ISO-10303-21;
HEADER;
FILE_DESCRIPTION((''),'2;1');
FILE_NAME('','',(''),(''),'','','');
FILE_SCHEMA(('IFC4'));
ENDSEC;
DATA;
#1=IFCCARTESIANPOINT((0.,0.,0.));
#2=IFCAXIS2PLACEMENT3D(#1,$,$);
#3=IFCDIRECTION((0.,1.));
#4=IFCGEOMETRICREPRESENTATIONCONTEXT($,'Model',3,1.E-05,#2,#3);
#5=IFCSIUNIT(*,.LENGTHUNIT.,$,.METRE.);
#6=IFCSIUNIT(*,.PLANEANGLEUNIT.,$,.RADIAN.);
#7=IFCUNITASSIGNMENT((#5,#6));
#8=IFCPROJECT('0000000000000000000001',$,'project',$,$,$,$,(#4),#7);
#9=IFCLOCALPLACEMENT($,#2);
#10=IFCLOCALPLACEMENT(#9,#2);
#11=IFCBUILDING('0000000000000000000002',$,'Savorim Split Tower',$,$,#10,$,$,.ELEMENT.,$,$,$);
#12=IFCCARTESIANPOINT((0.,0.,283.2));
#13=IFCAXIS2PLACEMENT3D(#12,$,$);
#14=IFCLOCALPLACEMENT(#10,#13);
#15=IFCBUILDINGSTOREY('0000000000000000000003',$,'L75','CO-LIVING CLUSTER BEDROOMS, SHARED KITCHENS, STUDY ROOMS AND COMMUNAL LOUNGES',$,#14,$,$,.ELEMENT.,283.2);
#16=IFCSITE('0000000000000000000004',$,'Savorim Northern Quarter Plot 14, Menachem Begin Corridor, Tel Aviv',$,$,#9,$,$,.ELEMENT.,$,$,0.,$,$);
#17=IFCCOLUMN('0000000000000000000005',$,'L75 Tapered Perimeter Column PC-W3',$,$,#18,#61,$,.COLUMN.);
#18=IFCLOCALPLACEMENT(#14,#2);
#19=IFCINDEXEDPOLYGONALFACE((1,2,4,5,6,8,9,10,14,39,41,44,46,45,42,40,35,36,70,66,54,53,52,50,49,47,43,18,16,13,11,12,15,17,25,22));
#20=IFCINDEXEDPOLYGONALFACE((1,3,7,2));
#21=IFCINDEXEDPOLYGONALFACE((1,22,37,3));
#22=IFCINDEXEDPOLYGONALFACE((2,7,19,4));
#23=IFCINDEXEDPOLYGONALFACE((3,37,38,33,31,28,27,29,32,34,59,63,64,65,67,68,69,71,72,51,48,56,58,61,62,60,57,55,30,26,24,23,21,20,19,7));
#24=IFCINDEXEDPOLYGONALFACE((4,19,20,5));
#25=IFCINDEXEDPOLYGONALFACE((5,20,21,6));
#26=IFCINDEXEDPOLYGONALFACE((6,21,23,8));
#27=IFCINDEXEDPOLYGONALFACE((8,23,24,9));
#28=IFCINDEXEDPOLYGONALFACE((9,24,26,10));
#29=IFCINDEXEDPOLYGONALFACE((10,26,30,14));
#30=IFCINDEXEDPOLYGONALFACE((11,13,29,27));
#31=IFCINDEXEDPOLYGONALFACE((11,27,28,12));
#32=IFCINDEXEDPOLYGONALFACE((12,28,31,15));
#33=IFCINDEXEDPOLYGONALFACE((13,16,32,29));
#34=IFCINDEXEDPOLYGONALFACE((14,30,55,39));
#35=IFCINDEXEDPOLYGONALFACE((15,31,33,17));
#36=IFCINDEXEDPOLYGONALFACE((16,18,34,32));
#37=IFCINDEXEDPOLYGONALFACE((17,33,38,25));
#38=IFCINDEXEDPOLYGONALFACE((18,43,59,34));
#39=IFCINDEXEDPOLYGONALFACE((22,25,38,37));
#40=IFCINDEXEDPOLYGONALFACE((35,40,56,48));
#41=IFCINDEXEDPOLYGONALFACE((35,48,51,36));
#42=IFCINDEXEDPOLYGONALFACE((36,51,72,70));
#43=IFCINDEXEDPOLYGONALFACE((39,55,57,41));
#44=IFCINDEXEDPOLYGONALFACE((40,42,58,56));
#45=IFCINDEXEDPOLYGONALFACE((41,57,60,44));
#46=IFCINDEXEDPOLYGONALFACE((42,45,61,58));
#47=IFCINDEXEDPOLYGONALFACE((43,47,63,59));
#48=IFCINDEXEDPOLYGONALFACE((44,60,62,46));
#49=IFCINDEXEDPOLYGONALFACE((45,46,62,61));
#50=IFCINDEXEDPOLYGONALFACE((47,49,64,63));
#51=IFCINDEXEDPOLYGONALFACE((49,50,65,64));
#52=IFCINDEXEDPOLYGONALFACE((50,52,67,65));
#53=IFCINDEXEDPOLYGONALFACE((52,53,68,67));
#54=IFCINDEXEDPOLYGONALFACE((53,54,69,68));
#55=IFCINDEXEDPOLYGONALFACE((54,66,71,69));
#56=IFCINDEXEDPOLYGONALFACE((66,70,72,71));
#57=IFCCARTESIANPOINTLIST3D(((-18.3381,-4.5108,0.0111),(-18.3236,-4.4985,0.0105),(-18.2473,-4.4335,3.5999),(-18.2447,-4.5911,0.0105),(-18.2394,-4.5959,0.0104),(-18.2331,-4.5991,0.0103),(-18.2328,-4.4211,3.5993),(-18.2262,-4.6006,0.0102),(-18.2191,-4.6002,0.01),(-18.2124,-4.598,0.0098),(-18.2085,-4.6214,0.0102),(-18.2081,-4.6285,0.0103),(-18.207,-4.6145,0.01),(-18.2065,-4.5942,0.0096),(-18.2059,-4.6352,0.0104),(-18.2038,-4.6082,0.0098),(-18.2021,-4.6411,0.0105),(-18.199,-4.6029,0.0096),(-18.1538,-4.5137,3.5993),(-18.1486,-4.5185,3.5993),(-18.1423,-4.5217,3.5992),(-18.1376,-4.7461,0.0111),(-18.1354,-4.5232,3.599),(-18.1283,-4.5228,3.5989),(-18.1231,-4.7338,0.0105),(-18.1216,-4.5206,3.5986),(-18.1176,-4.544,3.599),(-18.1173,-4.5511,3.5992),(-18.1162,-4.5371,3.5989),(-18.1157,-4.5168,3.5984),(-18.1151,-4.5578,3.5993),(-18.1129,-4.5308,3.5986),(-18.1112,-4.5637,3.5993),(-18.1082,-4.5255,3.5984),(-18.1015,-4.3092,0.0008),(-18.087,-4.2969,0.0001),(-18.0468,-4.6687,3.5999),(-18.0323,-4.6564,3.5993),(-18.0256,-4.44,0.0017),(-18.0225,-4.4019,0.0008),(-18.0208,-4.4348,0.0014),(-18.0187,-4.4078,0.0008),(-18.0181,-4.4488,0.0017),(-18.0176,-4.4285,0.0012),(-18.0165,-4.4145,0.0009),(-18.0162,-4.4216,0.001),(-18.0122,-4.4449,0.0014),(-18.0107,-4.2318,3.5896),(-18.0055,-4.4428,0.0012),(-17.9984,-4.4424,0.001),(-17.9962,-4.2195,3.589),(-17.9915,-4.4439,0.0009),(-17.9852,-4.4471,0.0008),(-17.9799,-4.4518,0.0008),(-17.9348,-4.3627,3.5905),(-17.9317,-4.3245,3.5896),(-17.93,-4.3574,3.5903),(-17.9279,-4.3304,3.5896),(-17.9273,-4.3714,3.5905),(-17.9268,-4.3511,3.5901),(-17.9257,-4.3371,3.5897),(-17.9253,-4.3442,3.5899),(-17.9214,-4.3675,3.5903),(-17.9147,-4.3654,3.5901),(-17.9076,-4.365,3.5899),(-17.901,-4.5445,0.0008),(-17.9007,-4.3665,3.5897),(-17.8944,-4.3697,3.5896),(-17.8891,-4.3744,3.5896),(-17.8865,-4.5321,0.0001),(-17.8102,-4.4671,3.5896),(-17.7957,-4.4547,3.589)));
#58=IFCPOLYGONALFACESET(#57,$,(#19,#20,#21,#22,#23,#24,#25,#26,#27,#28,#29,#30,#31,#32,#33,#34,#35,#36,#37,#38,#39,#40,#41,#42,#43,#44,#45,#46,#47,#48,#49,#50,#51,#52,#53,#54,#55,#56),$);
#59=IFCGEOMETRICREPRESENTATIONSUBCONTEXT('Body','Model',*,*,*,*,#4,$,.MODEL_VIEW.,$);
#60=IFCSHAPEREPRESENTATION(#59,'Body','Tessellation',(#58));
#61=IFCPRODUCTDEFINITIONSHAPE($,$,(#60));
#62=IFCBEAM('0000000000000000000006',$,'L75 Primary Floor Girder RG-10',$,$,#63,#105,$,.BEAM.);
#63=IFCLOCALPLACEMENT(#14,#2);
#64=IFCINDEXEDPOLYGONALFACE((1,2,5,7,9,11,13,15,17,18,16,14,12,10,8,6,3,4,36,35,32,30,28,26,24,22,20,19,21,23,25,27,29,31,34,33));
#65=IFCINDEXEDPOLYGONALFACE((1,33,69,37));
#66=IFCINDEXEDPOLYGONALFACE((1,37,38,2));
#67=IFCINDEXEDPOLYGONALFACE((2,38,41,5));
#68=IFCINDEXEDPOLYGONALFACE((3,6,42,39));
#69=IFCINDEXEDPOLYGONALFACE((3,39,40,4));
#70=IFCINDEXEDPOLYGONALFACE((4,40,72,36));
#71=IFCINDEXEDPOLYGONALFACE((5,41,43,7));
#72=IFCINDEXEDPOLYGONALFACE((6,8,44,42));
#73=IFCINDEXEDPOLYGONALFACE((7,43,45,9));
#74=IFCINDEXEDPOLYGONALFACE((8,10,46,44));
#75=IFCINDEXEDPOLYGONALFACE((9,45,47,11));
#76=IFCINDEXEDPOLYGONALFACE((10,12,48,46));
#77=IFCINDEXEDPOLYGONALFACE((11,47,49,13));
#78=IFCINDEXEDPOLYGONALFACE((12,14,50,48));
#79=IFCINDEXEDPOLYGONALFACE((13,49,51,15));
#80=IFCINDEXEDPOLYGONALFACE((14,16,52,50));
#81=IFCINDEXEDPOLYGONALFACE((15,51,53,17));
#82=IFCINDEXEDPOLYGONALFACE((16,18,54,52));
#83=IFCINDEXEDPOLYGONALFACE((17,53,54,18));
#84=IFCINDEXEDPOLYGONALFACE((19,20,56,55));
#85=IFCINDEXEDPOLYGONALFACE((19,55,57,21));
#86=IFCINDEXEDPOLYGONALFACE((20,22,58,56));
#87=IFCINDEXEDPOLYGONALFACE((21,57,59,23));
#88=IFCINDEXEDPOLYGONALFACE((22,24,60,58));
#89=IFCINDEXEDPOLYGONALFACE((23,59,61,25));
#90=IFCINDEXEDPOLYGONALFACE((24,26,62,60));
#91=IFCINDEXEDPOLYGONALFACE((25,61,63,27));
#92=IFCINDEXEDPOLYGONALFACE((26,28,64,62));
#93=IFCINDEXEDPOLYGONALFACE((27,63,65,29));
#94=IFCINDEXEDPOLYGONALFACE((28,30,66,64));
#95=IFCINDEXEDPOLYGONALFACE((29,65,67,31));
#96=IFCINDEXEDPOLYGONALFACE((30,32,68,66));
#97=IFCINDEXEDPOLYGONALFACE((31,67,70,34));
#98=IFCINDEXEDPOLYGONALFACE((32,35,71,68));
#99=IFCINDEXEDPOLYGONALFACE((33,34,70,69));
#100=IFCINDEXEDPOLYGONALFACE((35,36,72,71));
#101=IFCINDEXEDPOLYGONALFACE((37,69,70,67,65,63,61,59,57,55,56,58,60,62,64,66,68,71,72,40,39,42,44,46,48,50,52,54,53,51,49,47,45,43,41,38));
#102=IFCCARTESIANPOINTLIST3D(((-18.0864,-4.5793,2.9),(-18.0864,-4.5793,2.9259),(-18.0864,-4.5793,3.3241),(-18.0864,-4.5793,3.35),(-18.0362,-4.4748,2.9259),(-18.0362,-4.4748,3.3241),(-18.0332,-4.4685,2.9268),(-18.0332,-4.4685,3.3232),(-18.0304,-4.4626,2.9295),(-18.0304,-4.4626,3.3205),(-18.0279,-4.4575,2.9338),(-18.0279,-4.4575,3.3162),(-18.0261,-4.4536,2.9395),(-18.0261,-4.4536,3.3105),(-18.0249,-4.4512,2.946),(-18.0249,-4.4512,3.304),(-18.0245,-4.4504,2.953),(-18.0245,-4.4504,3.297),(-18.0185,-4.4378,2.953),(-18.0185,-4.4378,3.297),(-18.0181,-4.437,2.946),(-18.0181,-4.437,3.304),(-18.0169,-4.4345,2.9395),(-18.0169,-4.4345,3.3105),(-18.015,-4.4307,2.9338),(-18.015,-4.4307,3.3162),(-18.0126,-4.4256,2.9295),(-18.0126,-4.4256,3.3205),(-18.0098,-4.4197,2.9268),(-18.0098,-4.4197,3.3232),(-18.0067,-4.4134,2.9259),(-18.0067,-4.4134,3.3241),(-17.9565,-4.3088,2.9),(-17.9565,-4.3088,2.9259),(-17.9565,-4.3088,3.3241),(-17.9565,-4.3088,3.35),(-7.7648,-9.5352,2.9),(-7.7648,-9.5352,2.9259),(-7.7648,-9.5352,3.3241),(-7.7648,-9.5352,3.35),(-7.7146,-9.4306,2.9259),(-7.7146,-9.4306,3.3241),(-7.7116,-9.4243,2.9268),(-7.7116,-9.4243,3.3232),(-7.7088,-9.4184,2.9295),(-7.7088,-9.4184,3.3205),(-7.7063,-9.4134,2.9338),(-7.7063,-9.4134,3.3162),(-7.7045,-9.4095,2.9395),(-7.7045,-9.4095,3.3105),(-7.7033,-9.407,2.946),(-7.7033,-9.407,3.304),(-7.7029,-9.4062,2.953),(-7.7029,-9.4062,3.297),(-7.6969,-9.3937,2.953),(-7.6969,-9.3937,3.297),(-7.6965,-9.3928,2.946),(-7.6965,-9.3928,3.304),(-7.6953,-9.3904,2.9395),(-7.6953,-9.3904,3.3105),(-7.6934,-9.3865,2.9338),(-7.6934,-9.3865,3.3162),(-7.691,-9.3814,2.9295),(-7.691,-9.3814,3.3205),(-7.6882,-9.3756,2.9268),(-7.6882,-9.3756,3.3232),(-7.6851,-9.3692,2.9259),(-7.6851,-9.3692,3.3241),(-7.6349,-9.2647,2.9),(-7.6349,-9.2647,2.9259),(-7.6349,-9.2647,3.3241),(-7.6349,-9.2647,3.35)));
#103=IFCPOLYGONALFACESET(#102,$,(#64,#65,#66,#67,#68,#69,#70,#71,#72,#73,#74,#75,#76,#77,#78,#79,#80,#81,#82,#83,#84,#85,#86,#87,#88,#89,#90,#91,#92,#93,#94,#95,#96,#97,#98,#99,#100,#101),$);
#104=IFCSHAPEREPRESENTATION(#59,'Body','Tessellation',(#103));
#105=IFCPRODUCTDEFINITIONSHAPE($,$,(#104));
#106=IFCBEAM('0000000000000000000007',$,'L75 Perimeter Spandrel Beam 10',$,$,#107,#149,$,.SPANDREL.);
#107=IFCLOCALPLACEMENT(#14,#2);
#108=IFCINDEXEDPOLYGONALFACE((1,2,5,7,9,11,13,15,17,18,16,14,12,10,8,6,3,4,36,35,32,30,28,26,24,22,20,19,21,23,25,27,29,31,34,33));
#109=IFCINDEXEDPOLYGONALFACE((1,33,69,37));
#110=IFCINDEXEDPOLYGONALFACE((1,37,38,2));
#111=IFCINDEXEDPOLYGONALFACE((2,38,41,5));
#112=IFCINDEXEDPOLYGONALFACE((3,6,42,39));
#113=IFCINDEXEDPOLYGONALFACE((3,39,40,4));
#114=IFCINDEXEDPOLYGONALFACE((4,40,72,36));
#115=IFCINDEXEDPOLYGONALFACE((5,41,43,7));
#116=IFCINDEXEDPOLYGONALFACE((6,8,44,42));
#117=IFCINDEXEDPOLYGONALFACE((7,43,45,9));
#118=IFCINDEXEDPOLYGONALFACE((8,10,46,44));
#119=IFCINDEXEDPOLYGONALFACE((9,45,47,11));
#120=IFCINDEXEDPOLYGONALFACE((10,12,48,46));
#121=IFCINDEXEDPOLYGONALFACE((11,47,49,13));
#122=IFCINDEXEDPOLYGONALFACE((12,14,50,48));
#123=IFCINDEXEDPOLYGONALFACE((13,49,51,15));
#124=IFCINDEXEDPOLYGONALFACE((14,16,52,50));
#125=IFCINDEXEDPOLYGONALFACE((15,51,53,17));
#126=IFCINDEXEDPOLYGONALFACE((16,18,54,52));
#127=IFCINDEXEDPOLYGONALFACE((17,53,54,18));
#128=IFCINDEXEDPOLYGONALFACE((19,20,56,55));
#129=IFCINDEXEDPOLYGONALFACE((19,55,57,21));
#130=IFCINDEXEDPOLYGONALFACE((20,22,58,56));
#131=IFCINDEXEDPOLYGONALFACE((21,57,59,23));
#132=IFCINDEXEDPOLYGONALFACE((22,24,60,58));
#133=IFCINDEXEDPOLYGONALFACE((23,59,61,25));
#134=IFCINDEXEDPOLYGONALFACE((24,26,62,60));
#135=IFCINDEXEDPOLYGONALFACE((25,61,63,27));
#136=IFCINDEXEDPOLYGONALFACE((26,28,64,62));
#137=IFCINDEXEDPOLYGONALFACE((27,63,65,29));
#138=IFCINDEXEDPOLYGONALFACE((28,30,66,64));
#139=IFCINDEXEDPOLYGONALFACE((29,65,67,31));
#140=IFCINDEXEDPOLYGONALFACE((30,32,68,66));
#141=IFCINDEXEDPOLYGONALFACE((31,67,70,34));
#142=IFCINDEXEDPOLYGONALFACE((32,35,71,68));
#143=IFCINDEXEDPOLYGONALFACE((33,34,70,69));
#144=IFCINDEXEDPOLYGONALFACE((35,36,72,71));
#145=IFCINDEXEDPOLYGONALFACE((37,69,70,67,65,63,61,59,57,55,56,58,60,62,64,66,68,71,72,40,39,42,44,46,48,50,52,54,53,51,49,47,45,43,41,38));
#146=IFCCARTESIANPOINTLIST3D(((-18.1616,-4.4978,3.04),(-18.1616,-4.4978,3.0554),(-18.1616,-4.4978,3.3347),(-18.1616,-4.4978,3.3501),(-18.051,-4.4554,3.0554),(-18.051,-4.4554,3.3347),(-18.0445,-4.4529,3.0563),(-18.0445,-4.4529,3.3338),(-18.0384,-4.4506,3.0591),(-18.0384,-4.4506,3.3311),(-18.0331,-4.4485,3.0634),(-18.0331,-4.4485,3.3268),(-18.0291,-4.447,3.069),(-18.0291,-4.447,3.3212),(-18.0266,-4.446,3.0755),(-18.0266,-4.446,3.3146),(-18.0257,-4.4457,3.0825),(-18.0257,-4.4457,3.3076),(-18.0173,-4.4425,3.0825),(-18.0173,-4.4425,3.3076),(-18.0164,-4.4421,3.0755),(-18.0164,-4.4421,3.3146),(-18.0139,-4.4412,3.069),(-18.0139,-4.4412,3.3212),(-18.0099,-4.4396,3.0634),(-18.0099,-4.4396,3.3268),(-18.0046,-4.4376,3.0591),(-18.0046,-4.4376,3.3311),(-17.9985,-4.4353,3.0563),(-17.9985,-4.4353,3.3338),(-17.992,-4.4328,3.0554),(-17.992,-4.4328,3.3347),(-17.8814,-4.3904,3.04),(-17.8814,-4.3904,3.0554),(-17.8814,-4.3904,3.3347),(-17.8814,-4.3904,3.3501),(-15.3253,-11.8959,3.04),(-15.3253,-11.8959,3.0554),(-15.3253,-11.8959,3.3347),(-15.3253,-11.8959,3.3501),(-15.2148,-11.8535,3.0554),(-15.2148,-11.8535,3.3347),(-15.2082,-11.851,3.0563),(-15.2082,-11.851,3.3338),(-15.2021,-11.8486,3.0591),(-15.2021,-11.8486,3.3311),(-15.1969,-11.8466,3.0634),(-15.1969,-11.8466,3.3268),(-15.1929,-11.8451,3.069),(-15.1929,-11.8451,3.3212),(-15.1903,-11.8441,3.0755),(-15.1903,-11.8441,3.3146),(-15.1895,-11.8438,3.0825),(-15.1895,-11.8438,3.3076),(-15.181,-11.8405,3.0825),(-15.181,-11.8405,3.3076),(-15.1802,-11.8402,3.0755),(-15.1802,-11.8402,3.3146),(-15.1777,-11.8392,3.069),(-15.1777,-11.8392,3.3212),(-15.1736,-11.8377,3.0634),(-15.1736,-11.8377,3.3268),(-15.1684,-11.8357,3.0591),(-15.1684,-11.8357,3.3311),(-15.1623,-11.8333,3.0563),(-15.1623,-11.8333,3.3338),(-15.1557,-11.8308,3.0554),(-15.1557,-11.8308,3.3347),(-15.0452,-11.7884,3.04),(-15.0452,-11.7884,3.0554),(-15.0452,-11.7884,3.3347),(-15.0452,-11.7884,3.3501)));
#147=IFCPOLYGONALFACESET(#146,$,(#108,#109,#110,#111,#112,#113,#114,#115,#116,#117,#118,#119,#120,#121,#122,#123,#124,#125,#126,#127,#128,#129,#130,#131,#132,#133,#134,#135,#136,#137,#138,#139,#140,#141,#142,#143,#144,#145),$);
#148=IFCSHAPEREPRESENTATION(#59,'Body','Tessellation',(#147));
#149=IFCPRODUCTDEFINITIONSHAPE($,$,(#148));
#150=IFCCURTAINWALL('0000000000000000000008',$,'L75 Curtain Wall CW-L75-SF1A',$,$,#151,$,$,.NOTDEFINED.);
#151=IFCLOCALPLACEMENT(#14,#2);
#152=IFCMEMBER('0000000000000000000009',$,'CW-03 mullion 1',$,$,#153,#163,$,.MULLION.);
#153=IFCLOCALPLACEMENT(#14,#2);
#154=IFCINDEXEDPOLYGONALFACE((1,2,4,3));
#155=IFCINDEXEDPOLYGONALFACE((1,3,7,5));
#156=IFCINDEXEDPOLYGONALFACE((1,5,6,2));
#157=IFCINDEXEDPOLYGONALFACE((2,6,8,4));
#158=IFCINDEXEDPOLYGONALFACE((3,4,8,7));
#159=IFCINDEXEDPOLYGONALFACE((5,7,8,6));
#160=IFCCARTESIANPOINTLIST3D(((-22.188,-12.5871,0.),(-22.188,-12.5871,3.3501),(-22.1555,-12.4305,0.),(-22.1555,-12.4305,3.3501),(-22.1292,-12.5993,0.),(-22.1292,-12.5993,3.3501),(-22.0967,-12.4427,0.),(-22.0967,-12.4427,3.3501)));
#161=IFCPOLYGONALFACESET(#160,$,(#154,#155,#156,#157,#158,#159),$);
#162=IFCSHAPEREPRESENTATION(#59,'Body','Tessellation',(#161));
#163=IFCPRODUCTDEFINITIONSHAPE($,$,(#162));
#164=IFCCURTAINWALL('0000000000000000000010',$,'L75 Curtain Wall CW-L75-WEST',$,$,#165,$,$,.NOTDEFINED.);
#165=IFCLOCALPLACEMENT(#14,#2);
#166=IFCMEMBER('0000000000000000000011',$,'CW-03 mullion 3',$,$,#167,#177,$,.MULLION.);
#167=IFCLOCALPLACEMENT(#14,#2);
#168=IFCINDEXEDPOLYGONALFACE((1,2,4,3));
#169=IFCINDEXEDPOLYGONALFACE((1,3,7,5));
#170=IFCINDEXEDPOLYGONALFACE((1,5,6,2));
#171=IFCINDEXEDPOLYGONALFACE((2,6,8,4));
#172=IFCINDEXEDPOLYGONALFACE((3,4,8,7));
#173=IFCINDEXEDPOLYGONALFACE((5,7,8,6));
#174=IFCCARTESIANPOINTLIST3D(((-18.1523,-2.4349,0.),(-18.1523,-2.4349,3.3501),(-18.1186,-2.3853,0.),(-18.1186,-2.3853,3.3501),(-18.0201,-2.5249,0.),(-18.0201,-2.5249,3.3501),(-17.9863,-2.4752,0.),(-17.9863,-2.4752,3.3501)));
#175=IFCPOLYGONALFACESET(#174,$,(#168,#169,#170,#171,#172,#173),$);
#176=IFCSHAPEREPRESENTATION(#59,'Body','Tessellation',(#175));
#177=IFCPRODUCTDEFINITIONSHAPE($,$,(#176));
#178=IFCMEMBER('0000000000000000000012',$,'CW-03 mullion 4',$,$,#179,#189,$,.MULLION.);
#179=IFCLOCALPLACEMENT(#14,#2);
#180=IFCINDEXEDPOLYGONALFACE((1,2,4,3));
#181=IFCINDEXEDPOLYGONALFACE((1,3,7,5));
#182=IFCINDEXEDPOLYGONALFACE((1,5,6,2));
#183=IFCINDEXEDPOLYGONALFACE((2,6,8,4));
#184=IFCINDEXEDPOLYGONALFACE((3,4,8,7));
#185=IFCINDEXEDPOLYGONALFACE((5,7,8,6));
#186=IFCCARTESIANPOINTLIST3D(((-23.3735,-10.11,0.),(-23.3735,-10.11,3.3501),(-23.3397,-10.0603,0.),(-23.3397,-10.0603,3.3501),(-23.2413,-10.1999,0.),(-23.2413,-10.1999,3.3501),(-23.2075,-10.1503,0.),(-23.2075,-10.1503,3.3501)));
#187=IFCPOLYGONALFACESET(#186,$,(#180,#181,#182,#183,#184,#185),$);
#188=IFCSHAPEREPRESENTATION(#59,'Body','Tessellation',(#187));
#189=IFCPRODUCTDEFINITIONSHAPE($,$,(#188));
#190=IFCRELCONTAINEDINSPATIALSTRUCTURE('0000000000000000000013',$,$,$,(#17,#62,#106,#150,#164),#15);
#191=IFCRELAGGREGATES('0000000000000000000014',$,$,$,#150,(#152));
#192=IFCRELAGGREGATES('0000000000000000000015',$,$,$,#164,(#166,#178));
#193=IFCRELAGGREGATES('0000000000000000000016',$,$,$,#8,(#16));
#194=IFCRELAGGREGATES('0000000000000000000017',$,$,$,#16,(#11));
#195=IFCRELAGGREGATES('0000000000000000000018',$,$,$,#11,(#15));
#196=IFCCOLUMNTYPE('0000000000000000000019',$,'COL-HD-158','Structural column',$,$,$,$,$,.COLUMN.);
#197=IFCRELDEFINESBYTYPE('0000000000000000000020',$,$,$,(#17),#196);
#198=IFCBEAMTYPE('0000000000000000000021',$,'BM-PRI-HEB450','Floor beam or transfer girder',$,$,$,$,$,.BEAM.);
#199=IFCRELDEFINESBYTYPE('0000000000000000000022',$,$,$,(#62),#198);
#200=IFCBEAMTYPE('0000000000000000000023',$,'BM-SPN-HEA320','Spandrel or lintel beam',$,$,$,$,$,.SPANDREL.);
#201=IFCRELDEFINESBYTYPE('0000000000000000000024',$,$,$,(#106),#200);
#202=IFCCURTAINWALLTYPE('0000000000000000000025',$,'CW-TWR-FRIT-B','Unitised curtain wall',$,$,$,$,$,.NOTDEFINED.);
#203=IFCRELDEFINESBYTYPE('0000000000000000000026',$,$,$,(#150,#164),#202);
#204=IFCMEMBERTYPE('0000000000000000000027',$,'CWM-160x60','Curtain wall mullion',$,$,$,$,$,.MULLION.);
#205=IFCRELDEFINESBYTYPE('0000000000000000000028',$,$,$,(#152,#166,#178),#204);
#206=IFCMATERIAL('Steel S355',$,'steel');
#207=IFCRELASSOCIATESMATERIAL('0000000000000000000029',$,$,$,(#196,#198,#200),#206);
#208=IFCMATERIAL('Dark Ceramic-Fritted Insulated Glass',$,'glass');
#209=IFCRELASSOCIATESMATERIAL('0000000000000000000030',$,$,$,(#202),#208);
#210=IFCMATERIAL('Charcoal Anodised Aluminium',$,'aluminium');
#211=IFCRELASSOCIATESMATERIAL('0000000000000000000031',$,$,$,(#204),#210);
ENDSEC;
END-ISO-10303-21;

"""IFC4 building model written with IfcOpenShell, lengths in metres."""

from ifc_helpers import new_model, si_unit, direction, frame, origin, origin_2d, place, context, subcontext, project, spatial, rectangle, i_section, extrude, material, material_profile, profile_set, type_object, element, aggregate, save


model = new_model("IFC4")

# Units and contexts
model_context = context("Model", 3, precision=1e-05, world=origin(), true_north=direction((0.0, 1.0)))
body_context = subcontext(model_context, "Body", "Model", "MODEL_VIEW")
ifc_project = project(units=[si_unit("LENGTHUNIT", "METRE"), si_unit("PLANEANGLEUNIT", "RADIAN")], contexts=[model_context])

# Site, building, storey
site_placement = place(None, origin())
site = spatial("IfcSite", under=ifc_project, at=site_placement, Name="Savorim Northern Quarter Plot 14, Menachem Begin Corridor, Tel Aviv", CompositionType="ELEMENT", RefElevation=0.0)
building_placement = place(site_placement, origin())
building = spatial("IfcBuilding", under=site, at=building_placement, Name="Savorim Split Tower", CompositionType="ELEMENT")
storey_placement = place(building_placement, frame((0.0, 0.0, 283.2)))
storey = spatial("IfcBuildingStorey", under=building, at=storey_placement, Name="L75", Description="CO-LIVING CLUSTER BEDROOMS, SHARED KITCHENS, STUDY ROOMS AND COMMUNAL LOUNGES", CompositionType="ELEMENT", Elevation=283.2)

# Column
ifc_material_1 = material(Name="Steel S355", Category="steel")
ifc_material_profile_1 = material_profile(ifc_material_1, i_section(OverallWidth=0.3091, OverallDepth=0.3301, WebThickness=0.0115, FlangeThickness=0.019, FilletRadius=0.0271, at=origin_2d()), Name="HD 320x158")
ifc_profile_set_1 = profile_set([ifc_material_profile_1], Name="Steel S355")
column_type = type_object("IfcColumnType", Name="COL-HD-158", Description="Structural column", PredefinedType="COLUMN", material=ifc_profile_set_1)
column_placement = place(storey_placement, frame((-18.1123, -4.5215, 0.0056), z_axis=(0.025292, 0.021553, 0.999448), x_axis=(-0.648598, 0.761131, 0.0)))
element("IfcColumn", 1, at=column_placement, inside=storey, type_object=column_type, Name="L75 Tapered Perimeter Column PC-W3", PredefinedType="COLUMN", context=body_context, shape_type="SweptSolid", body=[
    extrude(i_section(OverallWidth=0.3091, OverallDepth=0.3301, WebThickness=0.0115, FlangeThickness=0.019, FilletRadius=0.0271, at=origin_2d()), origin(), (0.0, 0.0, 1.0), 3.5908),
])

# Beams
ifc_material_profile_2 = material_profile(ifc_material_1, i_section(OverallWidth=0.3, OverallDepth=0.45, WebThickness=0.0139, FlangeThickness=0.0259, FilletRadius=0.0271, at=origin_2d()), Name="HEB 450")
ifc_profile_set_2 = profile_set([ifc_material_profile_2], Name="Steel S355")
beam_type_1 = type_object("IfcBeamType", Name="BM-PRI-HEB450", Description="Floor beam or transfer girder", PredefinedType="BEAM", material=ifc_profile_set_2)
beam_1_placement = place(storey_placement, frame((-18.0215, -4.4441, 3.125), z_axis=(0.901473, -0.432836, 0.0), x_axis=(0.432836, 0.901473, 0.0)))
element("IfcBeam", 2, at=beam_1_placement, inside=storey, type_object=beam_type_1, Name="L75 Primary Floor Girder RG-10", PredefinedType="BEAM", context=body_context, shape_type="SweptSolid", body=[
    extrude(i_section(OverallWidth=0.3, OverallDepth=0.45, WebThickness=0.0139, FlangeThickness=0.0259, FilletRadius=0.0271, at=origin_2d()), origin(), (0.0, 0.0, 1.0), 11.4497),
])
ifc_material_profile_3 = material_profile(ifc_material_1, i_section(OverallWidth=0.3, OverallDepth=0.3101, WebThickness=0.009, FlangeThickness=0.0154, FilletRadius=0.0271, at=origin_2d()), Name="HEA 320")
ifc_profile_set_3 = profile_set([ifc_material_profile_3], Name="Steel S355")
beam_type_2 = type_object("IfcBeamType", Name="BM-SPN-HEA320", Description="Spandrel or lintel beam", PredefinedType="SPANDREL", material=ifc_profile_set_3)
beam_2_placement = place(storey_placement, frame((-18.0215, -4.4441, 3.1951), z_axis=(0.357969, -0.933733, 0.0), x_axis=(0.933733, 0.357969, 0.0)))
element("IfcBeam", 3, at=beam_2_placement, inside=storey, type_object=beam_type_2, Name="L75 Perimeter Spandrel Beam 10", PredefinedType="SPANDREL", context=body_context, shape_type="SweptSolid", body=[
    extrude(i_section(OverallWidth=0.3, OverallDepth=0.3101, WebThickness=0.009, FlangeThickness=0.0154, FilletRadius=0.0271, at=origin_2d()), origin(), (0.0, 0.0, 1.0), 7.9231),
])

# Curtain wall, member
ifc_material_2 = material(Name="Dark Ceramic-Fritted Insulated Glass", Category="glass")
curtain_wall_type = type_object("IfcCurtainWallType", Name="CW-TWR-FRIT-B", Description="Unitised curtain wall", PredefinedType="NOTDEFINED", material=ifc_material_2)
curtain_wall_1_placement = place(storey_placement, origin())
curtain_wall_1 = element("IfcCurtainWall", 4, at=curtain_wall_1_placement, inside=storey, type_object=curtain_wall_type, Name="L75 Curtain Wall CW-L75-SF1A", PredefinedType="NOTDEFINED")
ifc_material_3 = material(Name="Charcoal Anodised Aluminium", Category="aluminium")
ifc_material_profile_4 = material_profile(ifc_material_3, rectangle(XDim=0.1599, YDim=0.0601, at=origin_2d()), Name="ALU-M 160x60")
ifc_profile_set_4 = profile_set([ifc_material_profile_4], Name="Charcoal Anodised Aluminium")
member_type_1 = type_object("IfcMemberType", Name="CWM-160x60", Description="Curtain wall mullion", PredefinedType="MULLION", material=ifc_profile_set_4)
member_1_placement = place(storey_placement, frame((-22.1423, -12.5149, 0.0), z_axis=(0.0, 0.0, 1.0), x_axis=(0.203215, 0.979134, 0.0)))
member_1 = element("IfcMember", 5, at=member_1_placement, type_object=member_type_1, Name="CW-03 mullion 1", PredefinedType="MULLION", context=body_context, shape_type="SweptSolid", body=[
    extrude(rectangle(XDim=0.1599, YDim=0.0601, at=origin_2d()), origin(), (0.0, 0.0, 1.0), 3.3501),
])

# Curtain wall, members
curtain_wall_2_placement = place(storey_placement, origin())
curtain_wall_2 = element("IfcCurtainWall", 6, at=curtain_wall_2_placement, inside=storey, type_object=curtain_wall_type, Name="L75 Curtain Wall CW-L75-WEST", PredefinedType="NOTDEFINED")
member_2_placement = place(storey_placement, frame((-18.0693, -2.4551, 0.0), z_axis=(0.0, 0.0, 1.0), x_axis=(0.826818, -0.56247, 0.0)))
member_2 = element("IfcMember", 7, at=member_2_placement, type_object=member_type_1, Name="CW-03 mullion 3", PredefinedType="MULLION", context=body_context, shape_type="SweptSolid", body=[
    extrude(rectangle(XDim=0.1599, YDim=0.0601, at=origin_2d()), origin(), (0.0, 0.0, 1.0), 3.3501),
])
member_3_placement = place(storey_placement, frame((-23.2905, -10.1301, 0.0), z_axis=(0.0, 0.0, 1.0), x_axis=(0.826818, -0.56247, 0.0)))
member_3 = element("IfcMember", 8, at=member_3_placement, type_object=member_type_1, Name="CW-03 mullion 4", PredefinedType="MULLION", context=body_context, shape_type="SweptSolid", body=[
    extrude(rectangle(XDim=0.1599, YDim=0.0601, at=origin_2d()), origin(), (0.0, 0.0, 1.0), 3.3501),
])

aggregate(curtain_wall_1, [member_1])
aggregate(curtain_wall_2, [member_2, member_3])

save(model, "model.ifc")
